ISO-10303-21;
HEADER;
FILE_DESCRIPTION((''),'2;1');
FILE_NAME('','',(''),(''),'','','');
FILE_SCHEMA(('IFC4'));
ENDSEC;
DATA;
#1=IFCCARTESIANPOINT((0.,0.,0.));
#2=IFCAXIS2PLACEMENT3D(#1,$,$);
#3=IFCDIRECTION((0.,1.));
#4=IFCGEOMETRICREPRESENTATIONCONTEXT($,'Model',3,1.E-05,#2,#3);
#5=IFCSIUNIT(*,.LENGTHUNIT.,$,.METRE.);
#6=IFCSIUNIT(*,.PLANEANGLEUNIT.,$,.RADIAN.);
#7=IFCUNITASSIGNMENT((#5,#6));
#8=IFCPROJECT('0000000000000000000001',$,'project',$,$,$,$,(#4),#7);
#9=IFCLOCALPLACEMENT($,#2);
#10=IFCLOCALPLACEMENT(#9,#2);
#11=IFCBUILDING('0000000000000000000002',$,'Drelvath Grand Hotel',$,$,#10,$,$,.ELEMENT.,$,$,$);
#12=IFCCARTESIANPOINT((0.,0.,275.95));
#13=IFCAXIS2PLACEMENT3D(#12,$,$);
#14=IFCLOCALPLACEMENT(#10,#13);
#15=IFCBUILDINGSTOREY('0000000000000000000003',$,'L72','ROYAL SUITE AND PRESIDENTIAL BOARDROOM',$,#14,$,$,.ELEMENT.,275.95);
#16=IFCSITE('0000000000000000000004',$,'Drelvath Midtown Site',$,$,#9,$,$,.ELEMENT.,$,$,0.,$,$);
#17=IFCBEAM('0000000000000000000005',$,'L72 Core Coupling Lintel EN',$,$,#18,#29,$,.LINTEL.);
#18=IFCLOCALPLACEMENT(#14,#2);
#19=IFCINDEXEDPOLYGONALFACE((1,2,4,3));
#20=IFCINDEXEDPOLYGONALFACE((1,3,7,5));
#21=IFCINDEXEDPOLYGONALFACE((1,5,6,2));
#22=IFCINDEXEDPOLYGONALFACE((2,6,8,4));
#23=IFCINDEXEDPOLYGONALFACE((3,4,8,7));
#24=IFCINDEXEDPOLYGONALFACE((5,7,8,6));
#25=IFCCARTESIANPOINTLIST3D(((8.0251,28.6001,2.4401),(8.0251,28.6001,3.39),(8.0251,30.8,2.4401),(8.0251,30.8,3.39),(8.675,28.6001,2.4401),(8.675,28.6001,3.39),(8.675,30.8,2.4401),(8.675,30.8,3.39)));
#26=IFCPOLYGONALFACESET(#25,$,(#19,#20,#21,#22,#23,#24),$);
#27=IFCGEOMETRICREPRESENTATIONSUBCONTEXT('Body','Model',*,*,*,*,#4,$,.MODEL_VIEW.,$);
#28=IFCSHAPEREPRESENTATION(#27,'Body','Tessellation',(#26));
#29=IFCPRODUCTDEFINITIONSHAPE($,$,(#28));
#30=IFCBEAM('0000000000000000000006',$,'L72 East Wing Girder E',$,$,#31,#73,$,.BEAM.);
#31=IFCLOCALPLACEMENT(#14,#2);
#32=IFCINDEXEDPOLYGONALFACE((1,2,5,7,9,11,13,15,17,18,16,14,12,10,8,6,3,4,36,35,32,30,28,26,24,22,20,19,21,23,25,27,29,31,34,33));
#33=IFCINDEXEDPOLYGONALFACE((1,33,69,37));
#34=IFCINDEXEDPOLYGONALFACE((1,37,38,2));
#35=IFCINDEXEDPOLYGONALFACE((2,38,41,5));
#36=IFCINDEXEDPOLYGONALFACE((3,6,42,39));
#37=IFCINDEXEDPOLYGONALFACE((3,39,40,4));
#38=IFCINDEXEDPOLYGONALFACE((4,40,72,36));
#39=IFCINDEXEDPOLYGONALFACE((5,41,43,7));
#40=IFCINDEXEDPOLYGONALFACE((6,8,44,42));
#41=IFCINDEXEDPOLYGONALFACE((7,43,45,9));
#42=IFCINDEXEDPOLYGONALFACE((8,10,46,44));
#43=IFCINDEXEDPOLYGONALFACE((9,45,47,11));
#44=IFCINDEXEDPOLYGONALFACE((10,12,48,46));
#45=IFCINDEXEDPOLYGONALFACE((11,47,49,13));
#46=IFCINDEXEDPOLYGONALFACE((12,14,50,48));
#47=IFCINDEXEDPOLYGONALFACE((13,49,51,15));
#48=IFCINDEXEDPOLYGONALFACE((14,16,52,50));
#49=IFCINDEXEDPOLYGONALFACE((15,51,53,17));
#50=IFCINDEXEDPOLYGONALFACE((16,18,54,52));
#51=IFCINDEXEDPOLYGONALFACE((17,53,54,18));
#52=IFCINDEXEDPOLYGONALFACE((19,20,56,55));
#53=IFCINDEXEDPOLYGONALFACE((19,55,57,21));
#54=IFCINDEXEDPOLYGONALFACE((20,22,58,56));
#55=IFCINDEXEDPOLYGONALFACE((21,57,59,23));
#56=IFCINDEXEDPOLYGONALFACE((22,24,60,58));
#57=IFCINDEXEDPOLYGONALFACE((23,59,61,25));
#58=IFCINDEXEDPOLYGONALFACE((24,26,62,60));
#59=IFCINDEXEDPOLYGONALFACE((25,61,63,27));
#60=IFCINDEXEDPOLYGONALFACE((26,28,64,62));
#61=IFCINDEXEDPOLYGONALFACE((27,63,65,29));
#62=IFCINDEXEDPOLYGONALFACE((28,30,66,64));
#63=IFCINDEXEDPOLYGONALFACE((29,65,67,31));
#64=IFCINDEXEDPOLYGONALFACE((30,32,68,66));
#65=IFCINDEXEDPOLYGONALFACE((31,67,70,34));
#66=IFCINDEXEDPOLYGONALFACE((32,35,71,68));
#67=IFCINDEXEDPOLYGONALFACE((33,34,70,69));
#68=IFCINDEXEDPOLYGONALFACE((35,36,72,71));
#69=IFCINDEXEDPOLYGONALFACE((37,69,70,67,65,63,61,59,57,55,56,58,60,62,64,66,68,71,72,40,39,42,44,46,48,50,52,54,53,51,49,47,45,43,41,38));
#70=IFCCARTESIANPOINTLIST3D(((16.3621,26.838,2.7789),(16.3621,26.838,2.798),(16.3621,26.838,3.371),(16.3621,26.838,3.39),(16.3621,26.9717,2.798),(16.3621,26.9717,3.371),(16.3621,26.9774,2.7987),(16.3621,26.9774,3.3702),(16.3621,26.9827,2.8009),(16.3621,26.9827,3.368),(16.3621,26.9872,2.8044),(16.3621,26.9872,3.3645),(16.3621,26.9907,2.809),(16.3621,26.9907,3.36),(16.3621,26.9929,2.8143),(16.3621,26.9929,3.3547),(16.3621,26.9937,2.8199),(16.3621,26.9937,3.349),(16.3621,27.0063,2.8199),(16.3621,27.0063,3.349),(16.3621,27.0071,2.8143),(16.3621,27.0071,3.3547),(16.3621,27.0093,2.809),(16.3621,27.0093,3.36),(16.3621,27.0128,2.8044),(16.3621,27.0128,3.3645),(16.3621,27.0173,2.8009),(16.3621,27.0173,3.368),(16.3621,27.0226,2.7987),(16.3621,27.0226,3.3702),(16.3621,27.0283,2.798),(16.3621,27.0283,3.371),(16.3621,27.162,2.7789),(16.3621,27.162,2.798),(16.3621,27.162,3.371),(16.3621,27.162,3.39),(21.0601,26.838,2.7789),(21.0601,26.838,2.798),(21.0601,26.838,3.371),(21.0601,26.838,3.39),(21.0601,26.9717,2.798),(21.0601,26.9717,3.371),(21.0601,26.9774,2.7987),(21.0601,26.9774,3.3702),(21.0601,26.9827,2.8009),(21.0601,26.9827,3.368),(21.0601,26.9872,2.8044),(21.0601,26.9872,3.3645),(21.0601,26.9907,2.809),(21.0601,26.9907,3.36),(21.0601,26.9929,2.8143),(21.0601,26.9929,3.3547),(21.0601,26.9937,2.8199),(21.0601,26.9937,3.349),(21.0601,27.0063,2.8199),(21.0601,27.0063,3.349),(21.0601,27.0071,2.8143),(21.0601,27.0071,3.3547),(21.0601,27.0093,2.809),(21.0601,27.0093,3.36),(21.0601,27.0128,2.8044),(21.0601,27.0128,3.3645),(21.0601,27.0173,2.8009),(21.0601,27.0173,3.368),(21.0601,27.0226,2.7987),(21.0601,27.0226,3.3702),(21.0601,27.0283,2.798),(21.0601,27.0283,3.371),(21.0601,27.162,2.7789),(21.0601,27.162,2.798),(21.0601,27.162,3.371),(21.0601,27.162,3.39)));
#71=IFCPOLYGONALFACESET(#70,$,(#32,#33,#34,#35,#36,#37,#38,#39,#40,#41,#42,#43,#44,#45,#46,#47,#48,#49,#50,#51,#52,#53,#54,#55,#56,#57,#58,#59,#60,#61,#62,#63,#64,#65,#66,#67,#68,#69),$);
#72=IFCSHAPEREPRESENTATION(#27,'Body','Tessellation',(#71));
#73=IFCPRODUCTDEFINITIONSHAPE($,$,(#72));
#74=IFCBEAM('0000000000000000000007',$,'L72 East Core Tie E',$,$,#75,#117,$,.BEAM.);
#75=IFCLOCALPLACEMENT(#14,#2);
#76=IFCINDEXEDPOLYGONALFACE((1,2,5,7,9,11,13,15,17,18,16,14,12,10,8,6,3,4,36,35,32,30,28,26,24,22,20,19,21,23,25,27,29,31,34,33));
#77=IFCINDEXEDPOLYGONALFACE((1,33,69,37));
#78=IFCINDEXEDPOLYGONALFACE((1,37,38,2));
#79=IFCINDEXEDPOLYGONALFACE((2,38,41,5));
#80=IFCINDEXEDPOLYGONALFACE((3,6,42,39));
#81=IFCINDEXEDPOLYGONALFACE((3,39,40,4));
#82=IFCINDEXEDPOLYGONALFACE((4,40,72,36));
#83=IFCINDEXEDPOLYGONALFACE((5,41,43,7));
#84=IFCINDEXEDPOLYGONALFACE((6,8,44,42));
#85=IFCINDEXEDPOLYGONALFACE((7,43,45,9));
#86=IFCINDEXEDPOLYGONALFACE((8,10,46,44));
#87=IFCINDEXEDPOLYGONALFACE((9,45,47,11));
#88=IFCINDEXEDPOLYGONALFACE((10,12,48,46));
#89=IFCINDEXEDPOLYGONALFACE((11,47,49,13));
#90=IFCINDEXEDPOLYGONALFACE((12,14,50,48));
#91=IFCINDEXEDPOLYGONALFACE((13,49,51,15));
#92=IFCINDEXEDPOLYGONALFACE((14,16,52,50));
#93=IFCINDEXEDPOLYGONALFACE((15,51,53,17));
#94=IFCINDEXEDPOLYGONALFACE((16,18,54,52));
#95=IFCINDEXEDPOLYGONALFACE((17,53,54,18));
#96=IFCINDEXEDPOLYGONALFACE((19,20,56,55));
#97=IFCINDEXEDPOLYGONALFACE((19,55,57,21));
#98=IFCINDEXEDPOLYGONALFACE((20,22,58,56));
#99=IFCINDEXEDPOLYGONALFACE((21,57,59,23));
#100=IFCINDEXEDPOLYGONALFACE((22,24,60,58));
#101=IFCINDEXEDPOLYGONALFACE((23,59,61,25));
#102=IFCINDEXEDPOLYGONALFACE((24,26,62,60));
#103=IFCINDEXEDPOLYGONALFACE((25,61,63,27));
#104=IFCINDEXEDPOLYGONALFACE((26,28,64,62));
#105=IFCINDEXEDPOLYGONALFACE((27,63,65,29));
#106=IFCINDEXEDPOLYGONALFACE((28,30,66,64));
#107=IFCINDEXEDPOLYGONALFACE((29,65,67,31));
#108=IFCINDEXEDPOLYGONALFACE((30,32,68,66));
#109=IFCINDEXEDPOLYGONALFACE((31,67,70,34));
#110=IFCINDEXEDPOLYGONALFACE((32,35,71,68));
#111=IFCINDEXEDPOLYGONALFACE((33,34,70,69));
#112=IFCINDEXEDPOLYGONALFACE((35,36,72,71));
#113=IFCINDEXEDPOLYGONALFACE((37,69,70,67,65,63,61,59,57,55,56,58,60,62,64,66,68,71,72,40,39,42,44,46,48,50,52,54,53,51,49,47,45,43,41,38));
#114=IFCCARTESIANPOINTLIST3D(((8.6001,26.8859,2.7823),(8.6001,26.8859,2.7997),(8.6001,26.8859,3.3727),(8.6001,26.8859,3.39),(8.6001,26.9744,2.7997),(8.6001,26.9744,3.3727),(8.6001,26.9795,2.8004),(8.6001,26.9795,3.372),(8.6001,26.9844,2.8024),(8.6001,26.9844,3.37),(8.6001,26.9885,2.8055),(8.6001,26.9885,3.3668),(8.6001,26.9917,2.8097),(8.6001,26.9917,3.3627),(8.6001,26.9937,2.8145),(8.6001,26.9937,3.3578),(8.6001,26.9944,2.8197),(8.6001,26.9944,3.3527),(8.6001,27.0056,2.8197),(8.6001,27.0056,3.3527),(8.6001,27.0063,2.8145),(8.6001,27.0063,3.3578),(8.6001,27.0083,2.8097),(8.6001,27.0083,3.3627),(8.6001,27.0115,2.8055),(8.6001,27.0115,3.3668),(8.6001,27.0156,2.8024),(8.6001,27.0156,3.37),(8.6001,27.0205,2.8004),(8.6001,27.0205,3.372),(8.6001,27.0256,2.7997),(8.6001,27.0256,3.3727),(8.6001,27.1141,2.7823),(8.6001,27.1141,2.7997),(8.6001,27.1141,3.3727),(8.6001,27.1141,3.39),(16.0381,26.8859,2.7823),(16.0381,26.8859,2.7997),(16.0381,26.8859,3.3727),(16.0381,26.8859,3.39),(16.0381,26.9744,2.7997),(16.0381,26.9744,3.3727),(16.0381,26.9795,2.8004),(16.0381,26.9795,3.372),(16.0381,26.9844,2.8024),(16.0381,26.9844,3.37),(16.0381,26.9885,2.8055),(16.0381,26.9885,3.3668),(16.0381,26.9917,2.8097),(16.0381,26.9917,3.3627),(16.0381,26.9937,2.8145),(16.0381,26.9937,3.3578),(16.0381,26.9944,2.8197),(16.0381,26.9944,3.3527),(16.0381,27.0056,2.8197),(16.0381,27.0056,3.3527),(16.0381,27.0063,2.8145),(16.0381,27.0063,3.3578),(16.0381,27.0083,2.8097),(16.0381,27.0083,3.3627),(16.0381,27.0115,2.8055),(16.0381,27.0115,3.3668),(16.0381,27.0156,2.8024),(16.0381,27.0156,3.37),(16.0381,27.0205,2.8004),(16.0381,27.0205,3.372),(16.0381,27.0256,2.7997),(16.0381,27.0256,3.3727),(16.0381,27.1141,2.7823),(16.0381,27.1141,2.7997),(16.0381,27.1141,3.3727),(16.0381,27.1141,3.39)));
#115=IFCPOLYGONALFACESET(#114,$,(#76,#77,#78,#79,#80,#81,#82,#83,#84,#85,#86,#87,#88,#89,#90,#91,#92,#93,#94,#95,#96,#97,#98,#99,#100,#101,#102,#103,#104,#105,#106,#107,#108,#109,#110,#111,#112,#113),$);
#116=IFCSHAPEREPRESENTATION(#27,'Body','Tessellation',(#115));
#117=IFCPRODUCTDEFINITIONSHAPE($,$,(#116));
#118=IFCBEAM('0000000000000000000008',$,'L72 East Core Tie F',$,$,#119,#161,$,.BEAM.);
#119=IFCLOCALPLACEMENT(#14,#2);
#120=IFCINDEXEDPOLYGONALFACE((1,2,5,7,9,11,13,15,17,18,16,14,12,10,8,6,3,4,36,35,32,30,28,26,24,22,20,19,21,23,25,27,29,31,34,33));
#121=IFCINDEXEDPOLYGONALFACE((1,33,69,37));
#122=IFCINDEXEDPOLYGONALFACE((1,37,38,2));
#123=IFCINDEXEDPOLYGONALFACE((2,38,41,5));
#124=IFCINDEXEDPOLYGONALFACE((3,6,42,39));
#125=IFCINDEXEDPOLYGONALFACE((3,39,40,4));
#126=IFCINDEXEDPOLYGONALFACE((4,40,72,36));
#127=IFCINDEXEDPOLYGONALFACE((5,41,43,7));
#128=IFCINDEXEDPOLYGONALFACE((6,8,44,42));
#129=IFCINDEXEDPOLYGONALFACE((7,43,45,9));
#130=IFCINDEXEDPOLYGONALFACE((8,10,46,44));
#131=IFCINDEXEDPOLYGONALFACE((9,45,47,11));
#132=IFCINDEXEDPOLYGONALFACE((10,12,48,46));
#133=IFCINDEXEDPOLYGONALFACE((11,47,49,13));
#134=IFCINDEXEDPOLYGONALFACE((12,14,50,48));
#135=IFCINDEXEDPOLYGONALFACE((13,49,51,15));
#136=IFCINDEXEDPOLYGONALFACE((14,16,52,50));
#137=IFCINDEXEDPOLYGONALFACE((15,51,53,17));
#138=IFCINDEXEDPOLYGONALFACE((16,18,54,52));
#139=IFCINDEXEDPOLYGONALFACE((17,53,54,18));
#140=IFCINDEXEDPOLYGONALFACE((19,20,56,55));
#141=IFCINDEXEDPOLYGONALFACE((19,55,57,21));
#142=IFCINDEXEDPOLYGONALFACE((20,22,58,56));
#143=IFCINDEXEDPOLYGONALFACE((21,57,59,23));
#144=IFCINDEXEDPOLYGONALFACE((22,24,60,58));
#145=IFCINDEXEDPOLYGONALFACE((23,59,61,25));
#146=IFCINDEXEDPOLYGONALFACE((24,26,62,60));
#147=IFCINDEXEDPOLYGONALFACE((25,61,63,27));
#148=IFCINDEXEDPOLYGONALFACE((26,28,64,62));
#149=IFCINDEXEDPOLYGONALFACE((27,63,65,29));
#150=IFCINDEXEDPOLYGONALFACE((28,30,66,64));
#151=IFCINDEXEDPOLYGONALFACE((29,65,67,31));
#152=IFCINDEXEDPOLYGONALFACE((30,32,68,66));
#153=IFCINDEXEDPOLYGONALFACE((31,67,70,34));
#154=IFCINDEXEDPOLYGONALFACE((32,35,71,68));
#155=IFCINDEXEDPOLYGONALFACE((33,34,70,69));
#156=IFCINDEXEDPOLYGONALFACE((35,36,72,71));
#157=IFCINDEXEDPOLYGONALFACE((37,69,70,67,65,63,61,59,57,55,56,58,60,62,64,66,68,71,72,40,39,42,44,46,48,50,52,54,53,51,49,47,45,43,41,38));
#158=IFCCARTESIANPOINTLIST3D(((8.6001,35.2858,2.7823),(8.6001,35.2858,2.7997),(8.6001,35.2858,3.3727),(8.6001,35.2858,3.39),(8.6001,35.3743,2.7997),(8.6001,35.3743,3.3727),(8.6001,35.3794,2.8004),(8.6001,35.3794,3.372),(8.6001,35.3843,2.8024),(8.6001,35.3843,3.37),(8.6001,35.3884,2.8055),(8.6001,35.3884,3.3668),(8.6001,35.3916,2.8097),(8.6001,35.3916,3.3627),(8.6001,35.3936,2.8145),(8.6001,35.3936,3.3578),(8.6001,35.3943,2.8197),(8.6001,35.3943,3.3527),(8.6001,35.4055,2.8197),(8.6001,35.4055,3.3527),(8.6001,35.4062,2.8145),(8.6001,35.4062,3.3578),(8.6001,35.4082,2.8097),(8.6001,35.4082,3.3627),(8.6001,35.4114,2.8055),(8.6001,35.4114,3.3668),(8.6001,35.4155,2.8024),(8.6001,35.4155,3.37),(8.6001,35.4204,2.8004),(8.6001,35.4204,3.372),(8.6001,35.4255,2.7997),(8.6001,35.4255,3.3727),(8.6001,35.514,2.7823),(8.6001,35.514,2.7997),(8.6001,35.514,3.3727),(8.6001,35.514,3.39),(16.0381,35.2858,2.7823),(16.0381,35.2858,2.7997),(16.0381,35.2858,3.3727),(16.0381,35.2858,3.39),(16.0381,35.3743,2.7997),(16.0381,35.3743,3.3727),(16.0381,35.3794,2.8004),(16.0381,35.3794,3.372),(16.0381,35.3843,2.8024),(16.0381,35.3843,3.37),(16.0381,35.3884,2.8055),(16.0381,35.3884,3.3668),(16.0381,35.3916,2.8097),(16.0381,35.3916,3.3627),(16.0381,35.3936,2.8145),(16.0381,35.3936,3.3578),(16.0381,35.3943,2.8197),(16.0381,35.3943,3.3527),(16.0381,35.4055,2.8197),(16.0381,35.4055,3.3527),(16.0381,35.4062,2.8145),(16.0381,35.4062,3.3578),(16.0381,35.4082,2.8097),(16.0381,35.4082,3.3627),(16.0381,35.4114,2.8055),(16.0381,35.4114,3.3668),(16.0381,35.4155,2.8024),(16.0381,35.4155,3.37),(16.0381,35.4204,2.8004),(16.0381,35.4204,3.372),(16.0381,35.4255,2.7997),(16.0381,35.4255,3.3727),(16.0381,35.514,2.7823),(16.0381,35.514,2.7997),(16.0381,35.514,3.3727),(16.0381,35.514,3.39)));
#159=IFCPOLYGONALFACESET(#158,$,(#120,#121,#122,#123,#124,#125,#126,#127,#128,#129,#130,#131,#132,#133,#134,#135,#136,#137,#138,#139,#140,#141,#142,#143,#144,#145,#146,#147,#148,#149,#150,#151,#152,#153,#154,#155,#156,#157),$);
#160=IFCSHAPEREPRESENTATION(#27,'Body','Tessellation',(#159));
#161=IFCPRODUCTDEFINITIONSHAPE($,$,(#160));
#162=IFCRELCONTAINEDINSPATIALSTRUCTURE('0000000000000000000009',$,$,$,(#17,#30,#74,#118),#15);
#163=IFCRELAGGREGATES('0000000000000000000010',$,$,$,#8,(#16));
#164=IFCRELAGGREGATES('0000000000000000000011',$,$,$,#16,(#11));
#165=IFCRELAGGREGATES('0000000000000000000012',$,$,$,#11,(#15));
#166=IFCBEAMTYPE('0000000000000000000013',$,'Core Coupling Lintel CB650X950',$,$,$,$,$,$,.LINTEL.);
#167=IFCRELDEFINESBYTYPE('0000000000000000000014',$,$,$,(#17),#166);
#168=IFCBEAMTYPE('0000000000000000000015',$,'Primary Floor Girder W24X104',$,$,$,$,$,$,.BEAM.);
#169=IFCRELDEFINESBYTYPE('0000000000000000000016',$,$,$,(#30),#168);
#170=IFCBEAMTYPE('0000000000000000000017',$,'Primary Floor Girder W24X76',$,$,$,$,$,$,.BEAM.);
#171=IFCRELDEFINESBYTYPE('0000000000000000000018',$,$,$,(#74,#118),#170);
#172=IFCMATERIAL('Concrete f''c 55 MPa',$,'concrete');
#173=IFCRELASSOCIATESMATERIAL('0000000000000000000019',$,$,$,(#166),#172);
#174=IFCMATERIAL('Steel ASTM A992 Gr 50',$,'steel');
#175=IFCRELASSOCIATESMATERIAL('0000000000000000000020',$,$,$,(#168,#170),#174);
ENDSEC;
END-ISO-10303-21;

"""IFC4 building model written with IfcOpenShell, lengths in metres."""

from ifc_helpers import new_model, si_unit, direction, frame, origin, origin_2d, place, context, subcontext, project, spatial, rectangle, i_section, extrude, material, material_profile, profile_set, type_object, element, save


model = new_model("IFC4")

# Units and contexts
model_context = context("Model", 3, precision=1e-05, world=origin(), true_north=direction((0.0, 1.0)))
body_context = subcontext(model_context, "Body", "Model", "MODEL_VIEW")
ifc_project = project(units=[si_unit("LENGTHUNIT", "METRE"), si_unit("PLANEANGLEUNIT", "RADIAN")], contexts=[model_context])

# Site, building, storey
site_placement = place(None, origin())
site = spatial("IfcSite", under=ifc_project, at=site_placement, Name="Drelvath Midtown Site", CompositionType="ELEMENT", RefElevation=0.0)
building_placement = place(site_placement, origin())
building = spatial("IfcBuilding", under=site, at=building_placement, Name="Drelvath Grand Hotel", CompositionType="ELEMENT")
storey_placement = place(building_placement, frame((0.0, 0.0, 275.95)))
storey = spatial("IfcBuildingStorey", under=building, at=storey_placement, Name="L72", Description="ROYAL SUITE AND PRESIDENTIAL BOARDROOM", CompositionType="ELEMENT", Elevation=275.95)

# Beams
ifc_material_1 = material(Name="Concrete f'c 55 MPa", Category="concrete")
ifc_material_profile_1 = material_profile(ifc_material_1, rectangle(XDim=0.6499, YDim=0.95, at=origin_2d()), Name="CB650X950")
ifc_profile_set_1 = profile_set([ifc_material_profile_1], Name="Concrete f'c 55 MPa")
beam_type_1 = type_object("IfcBeamType", Name="Core Coupling Lintel CB650X950", PredefinedType="LINTEL", material=ifc_profile_set_1)
beam_1_placement = place(storey_placement, frame((8.3501, 28.6001, 2.915), z_axis=(0.0, 1.0, 0.0), x_axis=(-1.0, 0.0, 0.0)))
element("IfcBeam", 1, at=beam_1_placement, inside=storey, type_object=beam_type_1, Name="L72 Core Coupling Lintel EN", PredefinedType="LINTEL", context=body_context, shape_type="SweptSolid", body=[
    extrude(rectangle(XDim=0.6499, YDim=0.95, at=origin_2d()), origin(), (0.0, 0.0, 1.0), 2.2),
])
ifc_material_2 = material(Name="Steel ASTM A992 Gr 50", Category="steel")
ifc_material_profile_2 = material_profile(ifc_material_2, i_section(OverallWidth=0.324, OverallDepth=0.6111, WebThickness=0.0127, FlangeThickness=0.019, FilletRadius=0.022, at=origin_2d()), Name="W24X104")
ifc_profile_set_2 = profile_set([ifc_material_profile_2], Name="Steel ASTM A992 Gr 50")
beam_type_2 = type_object("IfcBeamType", Name="Primary Floor Girder W24X104", PredefinedType="BEAM", material=ifc_profile_set_2)
beam_2_placement = place(storey_placement, frame((16.3621, 27.0, 3.0845), z_axis=(1.0, 0.0, 0.0), x_axis=(0.0, 1.0, 0.0)))
element("IfcBeam", 2, at=beam_2_placement, inside=storey, type_object=beam_type_2, Name="L72 East Wing Girder E", PredefinedType="BEAM", context=body_context, shape_type="SweptSolid", body=[
    extrude(i_section(OverallWidth=0.324, OverallDepth=0.6111, WebThickness=0.0127, FlangeThickness=0.019, FilletRadius=0.022, at=origin_2d()), origin(), (0.0, 0.0, 1.0), 4.698),
])
ifc_material_profile_3 = material_profile(ifc_material_2, i_section(OverallWidth=0.2283, OverallDepth=0.6077, WebThickness=0.0112, FlangeThickness=0.0173, FilletRadius=0.02, at=origin_2d()), Name="W24X76")
ifc_profile_set_3 = profile_set([ifc_material_profile_3], Name="Steel ASTM A992 Gr 50")
beam_type_3 = type_object("IfcBeamType", Name="Primary Floor Girder W24X76", PredefinedType="BEAM", material=ifc_profile_set_3)
for number, where, z_axis, x_axis, name in (
    (3, (8.6001, 27.0, 3.0862), (1.0, 0.0, 0.0), (0.0, 1.0, 0.0), "L72 East Core Tie E"),
    (4, (8.6001, 35.3999, 3.0862), (1.0, 0.0, 0.0), (0.0, 1.0, 0.0), "L72 East Core Tie F"),
):
    element("IfcBeam", number, at=place(storey_placement, frame(where, z_axis=z_axis, x_axis=x_axis)), inside=storey, type_object=beam_type_3, Name=name, PredefinedType="BEAM", context=body_context, shape_type="SweptSolid", body=[
        extrude(i_section(OverallWidth=0.2283, OverallDepth=0.6077, WebThickness=0.0112, FlangeThickness=0.0173, FilletRadius=0.02, at=origin_2d()), origin(), (0.0, 0.0, 1.0), 7.438),
    ])

save(model, "model.ifc")
